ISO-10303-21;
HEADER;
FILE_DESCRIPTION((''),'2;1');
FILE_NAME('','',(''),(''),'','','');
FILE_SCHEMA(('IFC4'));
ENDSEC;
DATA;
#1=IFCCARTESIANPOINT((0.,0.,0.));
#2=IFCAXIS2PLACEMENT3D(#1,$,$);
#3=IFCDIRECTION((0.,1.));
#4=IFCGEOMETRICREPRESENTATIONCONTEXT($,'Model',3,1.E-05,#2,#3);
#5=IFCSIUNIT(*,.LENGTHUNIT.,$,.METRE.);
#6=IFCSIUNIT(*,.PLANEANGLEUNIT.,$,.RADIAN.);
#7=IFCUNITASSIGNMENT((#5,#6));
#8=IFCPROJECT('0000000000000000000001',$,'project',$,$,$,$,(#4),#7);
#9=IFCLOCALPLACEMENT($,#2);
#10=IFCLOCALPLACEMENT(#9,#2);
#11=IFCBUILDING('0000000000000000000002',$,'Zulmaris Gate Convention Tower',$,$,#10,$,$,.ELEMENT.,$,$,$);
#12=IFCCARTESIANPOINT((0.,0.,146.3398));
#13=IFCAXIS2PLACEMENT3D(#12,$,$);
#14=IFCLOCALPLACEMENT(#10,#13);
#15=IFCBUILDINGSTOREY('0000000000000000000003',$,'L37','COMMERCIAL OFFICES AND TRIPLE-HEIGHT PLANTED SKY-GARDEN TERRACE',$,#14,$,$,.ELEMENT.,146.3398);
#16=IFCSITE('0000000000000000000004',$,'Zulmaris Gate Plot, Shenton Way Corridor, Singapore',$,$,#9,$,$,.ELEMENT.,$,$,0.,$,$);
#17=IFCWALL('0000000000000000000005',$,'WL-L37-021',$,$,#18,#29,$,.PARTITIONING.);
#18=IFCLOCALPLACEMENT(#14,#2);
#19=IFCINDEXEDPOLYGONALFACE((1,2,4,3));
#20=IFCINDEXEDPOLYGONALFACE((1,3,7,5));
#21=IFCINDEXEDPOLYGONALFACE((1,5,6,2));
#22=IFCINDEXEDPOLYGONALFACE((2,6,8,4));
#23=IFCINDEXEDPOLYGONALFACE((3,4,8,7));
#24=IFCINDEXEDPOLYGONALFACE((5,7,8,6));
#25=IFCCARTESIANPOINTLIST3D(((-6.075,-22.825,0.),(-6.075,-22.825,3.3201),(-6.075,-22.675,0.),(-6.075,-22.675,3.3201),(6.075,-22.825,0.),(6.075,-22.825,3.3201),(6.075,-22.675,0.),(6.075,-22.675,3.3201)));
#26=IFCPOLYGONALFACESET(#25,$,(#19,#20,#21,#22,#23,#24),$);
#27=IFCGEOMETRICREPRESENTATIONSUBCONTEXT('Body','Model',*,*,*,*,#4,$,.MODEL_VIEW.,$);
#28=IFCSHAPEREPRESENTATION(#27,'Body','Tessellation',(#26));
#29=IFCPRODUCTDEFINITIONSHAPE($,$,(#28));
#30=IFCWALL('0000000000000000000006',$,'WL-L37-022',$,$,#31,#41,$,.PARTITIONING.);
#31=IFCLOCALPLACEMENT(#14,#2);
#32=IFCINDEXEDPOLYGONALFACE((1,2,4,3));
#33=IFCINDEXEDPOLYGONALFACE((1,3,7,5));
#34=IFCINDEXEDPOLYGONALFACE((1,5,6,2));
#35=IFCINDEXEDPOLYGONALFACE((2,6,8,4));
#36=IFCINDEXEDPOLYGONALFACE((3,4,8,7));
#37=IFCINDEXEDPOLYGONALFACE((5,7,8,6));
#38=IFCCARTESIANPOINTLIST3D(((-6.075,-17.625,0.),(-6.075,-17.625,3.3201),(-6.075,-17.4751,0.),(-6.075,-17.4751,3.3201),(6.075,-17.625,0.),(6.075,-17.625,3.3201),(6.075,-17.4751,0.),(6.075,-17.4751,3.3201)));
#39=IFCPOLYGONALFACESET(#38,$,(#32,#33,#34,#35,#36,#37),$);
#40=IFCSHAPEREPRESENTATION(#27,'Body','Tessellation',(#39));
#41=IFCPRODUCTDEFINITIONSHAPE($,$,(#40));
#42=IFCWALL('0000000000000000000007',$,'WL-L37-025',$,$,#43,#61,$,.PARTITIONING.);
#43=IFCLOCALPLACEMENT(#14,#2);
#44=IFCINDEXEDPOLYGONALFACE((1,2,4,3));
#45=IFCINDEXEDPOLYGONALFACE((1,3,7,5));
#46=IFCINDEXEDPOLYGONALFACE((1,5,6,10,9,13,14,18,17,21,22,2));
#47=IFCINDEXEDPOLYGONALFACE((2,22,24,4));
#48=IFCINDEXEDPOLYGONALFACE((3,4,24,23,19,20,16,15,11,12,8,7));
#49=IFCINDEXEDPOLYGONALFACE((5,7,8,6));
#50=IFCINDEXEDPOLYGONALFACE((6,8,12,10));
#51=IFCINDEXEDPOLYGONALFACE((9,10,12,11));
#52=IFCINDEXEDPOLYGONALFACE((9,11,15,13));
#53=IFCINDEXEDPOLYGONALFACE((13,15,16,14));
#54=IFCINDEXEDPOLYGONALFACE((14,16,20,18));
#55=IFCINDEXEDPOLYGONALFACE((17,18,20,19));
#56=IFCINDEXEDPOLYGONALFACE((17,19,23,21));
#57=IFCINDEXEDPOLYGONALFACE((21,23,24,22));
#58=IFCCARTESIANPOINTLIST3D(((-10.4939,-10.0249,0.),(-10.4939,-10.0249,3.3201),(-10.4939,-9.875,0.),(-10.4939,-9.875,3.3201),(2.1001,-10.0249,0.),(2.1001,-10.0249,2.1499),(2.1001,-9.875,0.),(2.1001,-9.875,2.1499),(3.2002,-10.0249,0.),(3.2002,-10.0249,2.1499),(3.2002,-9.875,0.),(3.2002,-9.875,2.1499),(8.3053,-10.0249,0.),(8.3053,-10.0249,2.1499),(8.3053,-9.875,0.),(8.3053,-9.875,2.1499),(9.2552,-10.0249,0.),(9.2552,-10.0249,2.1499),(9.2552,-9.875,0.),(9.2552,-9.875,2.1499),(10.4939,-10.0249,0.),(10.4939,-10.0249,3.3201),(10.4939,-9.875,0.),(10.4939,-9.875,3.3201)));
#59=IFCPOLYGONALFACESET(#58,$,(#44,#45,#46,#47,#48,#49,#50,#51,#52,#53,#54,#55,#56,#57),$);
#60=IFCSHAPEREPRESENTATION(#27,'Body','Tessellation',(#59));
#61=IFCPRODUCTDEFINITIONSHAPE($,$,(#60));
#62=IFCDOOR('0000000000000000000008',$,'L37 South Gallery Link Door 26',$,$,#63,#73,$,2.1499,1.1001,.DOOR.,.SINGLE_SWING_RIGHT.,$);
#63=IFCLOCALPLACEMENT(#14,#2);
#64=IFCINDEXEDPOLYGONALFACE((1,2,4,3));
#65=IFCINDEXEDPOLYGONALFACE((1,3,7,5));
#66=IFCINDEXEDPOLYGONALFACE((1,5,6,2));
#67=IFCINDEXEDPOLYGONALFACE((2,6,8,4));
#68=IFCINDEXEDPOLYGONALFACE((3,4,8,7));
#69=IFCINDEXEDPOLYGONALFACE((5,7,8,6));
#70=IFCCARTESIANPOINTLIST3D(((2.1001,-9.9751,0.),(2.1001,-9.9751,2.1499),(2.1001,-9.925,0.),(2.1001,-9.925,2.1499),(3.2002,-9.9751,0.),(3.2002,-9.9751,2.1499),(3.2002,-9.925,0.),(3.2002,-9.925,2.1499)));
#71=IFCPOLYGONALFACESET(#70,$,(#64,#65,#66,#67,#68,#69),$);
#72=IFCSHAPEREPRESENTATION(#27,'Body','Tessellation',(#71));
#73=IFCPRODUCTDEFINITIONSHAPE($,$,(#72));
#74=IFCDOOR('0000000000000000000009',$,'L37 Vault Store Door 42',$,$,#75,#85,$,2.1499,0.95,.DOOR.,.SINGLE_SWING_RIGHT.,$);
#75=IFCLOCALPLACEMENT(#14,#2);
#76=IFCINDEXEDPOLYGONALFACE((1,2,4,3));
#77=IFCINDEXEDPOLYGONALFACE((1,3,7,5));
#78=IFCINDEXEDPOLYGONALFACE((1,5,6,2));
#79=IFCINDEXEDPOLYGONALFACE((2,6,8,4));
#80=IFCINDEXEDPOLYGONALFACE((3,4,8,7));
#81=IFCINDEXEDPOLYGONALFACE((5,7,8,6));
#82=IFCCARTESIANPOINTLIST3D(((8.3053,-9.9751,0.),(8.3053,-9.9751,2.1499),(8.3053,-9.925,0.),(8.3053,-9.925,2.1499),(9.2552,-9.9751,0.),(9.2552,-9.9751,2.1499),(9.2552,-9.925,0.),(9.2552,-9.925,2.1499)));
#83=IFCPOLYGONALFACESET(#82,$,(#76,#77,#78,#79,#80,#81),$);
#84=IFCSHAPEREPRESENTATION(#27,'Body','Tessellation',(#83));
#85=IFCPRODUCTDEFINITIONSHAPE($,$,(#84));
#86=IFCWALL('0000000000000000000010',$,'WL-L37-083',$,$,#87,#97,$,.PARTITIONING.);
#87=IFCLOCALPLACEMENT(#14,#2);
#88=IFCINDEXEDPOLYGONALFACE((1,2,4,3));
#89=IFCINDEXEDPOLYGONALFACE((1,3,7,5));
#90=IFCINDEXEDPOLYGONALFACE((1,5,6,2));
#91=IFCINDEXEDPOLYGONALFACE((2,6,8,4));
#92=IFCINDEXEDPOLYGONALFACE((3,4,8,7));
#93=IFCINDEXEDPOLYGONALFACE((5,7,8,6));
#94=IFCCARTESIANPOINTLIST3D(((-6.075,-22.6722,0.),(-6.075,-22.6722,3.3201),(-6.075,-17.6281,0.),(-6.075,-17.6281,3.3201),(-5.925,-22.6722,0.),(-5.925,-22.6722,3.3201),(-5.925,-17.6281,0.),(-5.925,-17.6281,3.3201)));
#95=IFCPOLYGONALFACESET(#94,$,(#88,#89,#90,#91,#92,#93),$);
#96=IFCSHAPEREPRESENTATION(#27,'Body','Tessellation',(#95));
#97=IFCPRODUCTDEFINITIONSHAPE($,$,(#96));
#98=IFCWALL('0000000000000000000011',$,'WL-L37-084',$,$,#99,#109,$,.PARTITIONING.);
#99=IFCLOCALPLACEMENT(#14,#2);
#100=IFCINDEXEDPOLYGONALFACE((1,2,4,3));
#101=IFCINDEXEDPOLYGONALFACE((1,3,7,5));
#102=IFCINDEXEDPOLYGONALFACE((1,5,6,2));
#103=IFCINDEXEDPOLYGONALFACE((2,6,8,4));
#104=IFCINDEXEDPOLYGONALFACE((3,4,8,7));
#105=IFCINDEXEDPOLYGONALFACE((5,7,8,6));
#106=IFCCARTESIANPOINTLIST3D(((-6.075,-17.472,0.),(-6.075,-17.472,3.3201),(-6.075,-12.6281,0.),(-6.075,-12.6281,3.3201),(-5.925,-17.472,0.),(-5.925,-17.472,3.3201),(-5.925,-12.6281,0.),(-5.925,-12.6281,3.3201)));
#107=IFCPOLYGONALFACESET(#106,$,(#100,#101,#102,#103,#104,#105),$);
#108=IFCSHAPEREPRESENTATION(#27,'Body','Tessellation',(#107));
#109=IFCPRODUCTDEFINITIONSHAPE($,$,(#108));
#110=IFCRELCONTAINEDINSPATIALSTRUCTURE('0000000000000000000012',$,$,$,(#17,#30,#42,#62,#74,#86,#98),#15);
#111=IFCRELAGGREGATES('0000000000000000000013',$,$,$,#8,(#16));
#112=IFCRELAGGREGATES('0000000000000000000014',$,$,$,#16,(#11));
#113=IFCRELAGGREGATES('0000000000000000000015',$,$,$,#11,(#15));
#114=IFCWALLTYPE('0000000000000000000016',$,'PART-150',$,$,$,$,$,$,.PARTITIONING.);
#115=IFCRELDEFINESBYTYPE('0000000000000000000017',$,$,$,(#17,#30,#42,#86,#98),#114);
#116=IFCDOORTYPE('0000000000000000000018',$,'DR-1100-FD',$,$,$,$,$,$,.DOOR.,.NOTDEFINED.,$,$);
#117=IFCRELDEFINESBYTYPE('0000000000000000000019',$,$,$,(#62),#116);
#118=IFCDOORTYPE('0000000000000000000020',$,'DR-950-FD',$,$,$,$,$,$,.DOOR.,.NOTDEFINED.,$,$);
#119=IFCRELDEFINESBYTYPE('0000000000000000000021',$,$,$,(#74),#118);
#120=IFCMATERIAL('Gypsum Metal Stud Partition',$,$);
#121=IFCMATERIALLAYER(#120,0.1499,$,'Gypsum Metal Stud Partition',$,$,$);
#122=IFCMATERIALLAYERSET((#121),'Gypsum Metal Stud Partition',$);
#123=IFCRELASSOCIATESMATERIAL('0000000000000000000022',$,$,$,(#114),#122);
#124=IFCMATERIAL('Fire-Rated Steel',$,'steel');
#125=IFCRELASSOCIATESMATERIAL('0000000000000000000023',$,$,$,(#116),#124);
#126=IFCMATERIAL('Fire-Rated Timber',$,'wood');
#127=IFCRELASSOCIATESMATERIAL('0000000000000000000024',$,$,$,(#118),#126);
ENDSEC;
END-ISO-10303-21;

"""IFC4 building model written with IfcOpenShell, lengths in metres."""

from ifc_helpers import new_model, si_unit, direction, frame, frame_2d, origin, place, context, subcontext, project, spatial, rectangle, extrude, material, layer, layer_set, type_object, element, fill, save


model = new_model("IFC4")

# Units and contexts
model_context = context("Model", 3, precision=1e-05, world=origin(), true_north=direction((0.0, 1.0)))
body_context = subcontext(model_context, "Body", "Model", "MODEL_VIEW")
ifc_project = project(units=[si_unit("LENGTHUNIT", "METRE"), si_unit("PLANEANGLEUNIT", "RADIAN")], contexts=[model_context])

# Site, building, storey
site_placement = place(None, origin())
site = spatial("IfcSite", under=ifc_project, at=site_placement, Name="Zulmaris Gate Plot, Shenton Way Corridor, Singapore", CompositionType="ELEMENT", RefElevation=0.0)
building_placement = place(site_placement, origin())
building = spatial("IfcBuilding", under=site, at=building_placement, Name="Zulmaris Gate Convention Tower", CompositionType="ELEMENT")
storey_placement = place(building_placement, frame((0.0, 0.0, 146.3398)))
storey = spatial("IfcBuildingStorey", under=building, at=storey_placement, Name="L37", Description="COMMERCIAL OFFICES AND TRIPLE-HEIGHT PLANTED SKY-GARDEN TERRACE", CompositionType="ELEMENT", Elevation=146.3398)

# Walls
ifc_material_1 = material(Name="Gypsum Metal Stud Partition")
ifc_layer_1 = layer(ifc_material_1, 0.1499, Name="Gypsum Metal Stud Partition")
ifc_layer_set_1 = layer_set([ifc_layer_1], Name="Gypsum Metal Stud Partition")
wall_type_1 = type_object("IfcWallType", Name="PART-150", PredefinedType="PARTITIONING", material=ifc_layer_set_1)
for number, where, z_axis, x_axis, name in (
    (1, (-6.075, -22.75, 0.0), (0.0, 0.0, 1.0), (1.0, 0.0, 0.0), "WL-L37-021"),
    (2, (-6.075, -17.55, 0.0), (0.0, 0.0, 1.0), (1.0, 0.0, 0.0), "WL-L37-022"),
):
    element("IfcWall", number, at=place(storey_placement, frame(where, z_axis=z_axis, x_axis=x_axis)), inside=storey, type_object=wall_type_1, Name=name, PredefinedType="PARTITIONING", context=body_context, shape_type="SweptSolid", body=[
        extrude(rectangle(XDim=12.1499, YDim=0.1499, at=frame_2d((6.075, 0.0))), origin(), (0.0, 0.0, 1.0), 3.3201),
    ])

# Wall, openings, doors
wall_1_placement = place(storey_placement, frame((-10.4939, -9.95, 0.0), z_axis=(0.0, 0.0, 1.0), x_axis=(1.0, 0.0, 0.0)))
wall_1 = element("IfcWall", 3, at=wall_1_placement, inside=storey, type_object=wall_type_1, Name="WL-L37-025", PredefinedType="PARTITIONING", context=body_context, shape_type="SweptSolid", body=[
    extrude(rectangle(XDim=20.9878, YDim=0.1499, at=frame_2d((10.4939, 0.0))), origin(), (0.0, 0.0, 1.0), 3.3201),
])
opening_1_placement = place(wall_1_placement, frame((12.594, 0.0, 0.0)))
opening_1 = element("IfcOpeningElement", 4, at=opening_1_placement, cuts=wall_1, PredefinedType="OPENING", context=body_context, shape_type="SweptSolid", body=[
    extrude(rectangle(XDim=1.1001, YDim=2.1499, at=frame_2d((0.55, 1.075))), frame((0.0, 0.085, 0.0), z_axis=(0.0, -1.0, 0.0), x_axis=(1.0, 0.0, 0.0)), (0.0, 0.0, 1.0), 0.1699),
])
opening_2_placement = place(wall_1_placement, frame((18.7991, 0.0, 0.0)))
opening_2 = element("IfcOpeningElement", 5, at=opening_2_placement, cuts=wall_1, PredefinedType="OPENING", context=body_context, shape_type="SweptSolid", body=[
    extrude(rectangle(XDim=0.95, YDim=2.1499, at=frame_2d((0.4751, 1.075))), frame((0.0, 0.085, 0.0), z_axis=(0.0, -1.0, 0.0), x_axis=(1.0, 0.0, 0.0)), (0.0, 0.0, 1.0), 0.1699),
])
ifc_material_2 = material(Name="Fire-Rated Steel", Category="steel")
door_type_1 = type_object("IfcDoorType", Name="DR-1100-FD", OperationType="NOTDEFINED", PredefinedType="DOOR", material=ifc_material_2)
door_1_placement = place(opening_1_placement, origin())
door_1 = element("IfcDoor", 6, at=door_1_placement, inside=storey, type_object=door_type_1, Name="L37 South Gallery Link Door 26", OperationType="SINGLE_SWING_RIGHT", OverallHeight=2.1499, OverallWidth=1.1001, PredefinedType="DOOR", context=body_context, shape_type="SweptSolid", body=[
    extrude(rectangle(XDim=1.1001, YDim=2.1499, at=frame_2d((0.55, 1.075))), frame((0.0, 0.0249, 0.0), z_axis=(0.0, -1.0, 0.0), x_axis=(1.0, 0.0, 0.0)), (0.0, 0.0, 1.0), 0.05),
])
fill(opening_1, door_1)
ifc_material_3 = material(Name="Fire-Rated Timber", Category="wood")
door_type_2 = type_object("IfcDoorType", Name="DR-950-FD", OperationType="NOTDEFINED", PredefinedType="DOOR", material=ifc_material_3)
door_2_placement = place(opening_2_placement, origin())
door_2 = element("IfcDoor", 7, at=door_2_placement, inside=storey, type_object=door_type_2, Name="L37 Vault Store Door 42", OperationType="SINGLE_SWING_RIGHT", OverallHeight=2.1499, OverallWidth=0.95, PredefinedType="DOOR", context=body_context, shape_type="SweptSolid", body=[
    extrude(rectangle(XDim=0.95, YDim=2.1499, at=frame_2d((0.4751, 1.075))), frame((0.0, 0.0249, 0.0), z_axis=(0.0, -1.0, 0.0), x_axis=(1.0, 0.0, 0.0)), (0.0, 0.0, 1.0), 0.05),
])
fill(opening_2, door_2)

# Walls
wall_2_placement = place(storey_placement, frame((-6.0, -22.6721, 0.0), z_axis=(0.0, 0.0, 1.0), x_axis=(0.0, 1.0, 0.0)))
element("IfcWall", 8, at=wall_2_placement, inside=storey, type_object=wall_type_1, Name="WL-L37-083", PredefinedType="PARTITIONING", context=body_context, shape_type="SweptSolid", body=[
    extrude(rectangle(XDim=5.0442, YDim=0.1499, at=frame_2d((2.522, 0.0))), origin(), (0.0, 0.0, 1.0), 3.3201),
])
wall_3_placement = place(storey_placement, frame((-6.0, -17.4719, 0.0), z_axis=(0.0, 0.0, 1.0), x_axis=(0.0, 1.0, 0.0)))
element("IfcWall", 9, at=wall_3_placement, inside=storey, type_object=wall_type_1, Name="WL-L37-084", PredefinedType="PARTITIONING", context=body_context, shape_type="SweptSolid", body=[
    extrude(rectangle(XDim=4.844, YDim=0.1499, at=frame_2d((2.4219, 0.0))), origin(), (0.0, 0.0, 1.0), 3.3201),
])

save(model, "model.ifc")
